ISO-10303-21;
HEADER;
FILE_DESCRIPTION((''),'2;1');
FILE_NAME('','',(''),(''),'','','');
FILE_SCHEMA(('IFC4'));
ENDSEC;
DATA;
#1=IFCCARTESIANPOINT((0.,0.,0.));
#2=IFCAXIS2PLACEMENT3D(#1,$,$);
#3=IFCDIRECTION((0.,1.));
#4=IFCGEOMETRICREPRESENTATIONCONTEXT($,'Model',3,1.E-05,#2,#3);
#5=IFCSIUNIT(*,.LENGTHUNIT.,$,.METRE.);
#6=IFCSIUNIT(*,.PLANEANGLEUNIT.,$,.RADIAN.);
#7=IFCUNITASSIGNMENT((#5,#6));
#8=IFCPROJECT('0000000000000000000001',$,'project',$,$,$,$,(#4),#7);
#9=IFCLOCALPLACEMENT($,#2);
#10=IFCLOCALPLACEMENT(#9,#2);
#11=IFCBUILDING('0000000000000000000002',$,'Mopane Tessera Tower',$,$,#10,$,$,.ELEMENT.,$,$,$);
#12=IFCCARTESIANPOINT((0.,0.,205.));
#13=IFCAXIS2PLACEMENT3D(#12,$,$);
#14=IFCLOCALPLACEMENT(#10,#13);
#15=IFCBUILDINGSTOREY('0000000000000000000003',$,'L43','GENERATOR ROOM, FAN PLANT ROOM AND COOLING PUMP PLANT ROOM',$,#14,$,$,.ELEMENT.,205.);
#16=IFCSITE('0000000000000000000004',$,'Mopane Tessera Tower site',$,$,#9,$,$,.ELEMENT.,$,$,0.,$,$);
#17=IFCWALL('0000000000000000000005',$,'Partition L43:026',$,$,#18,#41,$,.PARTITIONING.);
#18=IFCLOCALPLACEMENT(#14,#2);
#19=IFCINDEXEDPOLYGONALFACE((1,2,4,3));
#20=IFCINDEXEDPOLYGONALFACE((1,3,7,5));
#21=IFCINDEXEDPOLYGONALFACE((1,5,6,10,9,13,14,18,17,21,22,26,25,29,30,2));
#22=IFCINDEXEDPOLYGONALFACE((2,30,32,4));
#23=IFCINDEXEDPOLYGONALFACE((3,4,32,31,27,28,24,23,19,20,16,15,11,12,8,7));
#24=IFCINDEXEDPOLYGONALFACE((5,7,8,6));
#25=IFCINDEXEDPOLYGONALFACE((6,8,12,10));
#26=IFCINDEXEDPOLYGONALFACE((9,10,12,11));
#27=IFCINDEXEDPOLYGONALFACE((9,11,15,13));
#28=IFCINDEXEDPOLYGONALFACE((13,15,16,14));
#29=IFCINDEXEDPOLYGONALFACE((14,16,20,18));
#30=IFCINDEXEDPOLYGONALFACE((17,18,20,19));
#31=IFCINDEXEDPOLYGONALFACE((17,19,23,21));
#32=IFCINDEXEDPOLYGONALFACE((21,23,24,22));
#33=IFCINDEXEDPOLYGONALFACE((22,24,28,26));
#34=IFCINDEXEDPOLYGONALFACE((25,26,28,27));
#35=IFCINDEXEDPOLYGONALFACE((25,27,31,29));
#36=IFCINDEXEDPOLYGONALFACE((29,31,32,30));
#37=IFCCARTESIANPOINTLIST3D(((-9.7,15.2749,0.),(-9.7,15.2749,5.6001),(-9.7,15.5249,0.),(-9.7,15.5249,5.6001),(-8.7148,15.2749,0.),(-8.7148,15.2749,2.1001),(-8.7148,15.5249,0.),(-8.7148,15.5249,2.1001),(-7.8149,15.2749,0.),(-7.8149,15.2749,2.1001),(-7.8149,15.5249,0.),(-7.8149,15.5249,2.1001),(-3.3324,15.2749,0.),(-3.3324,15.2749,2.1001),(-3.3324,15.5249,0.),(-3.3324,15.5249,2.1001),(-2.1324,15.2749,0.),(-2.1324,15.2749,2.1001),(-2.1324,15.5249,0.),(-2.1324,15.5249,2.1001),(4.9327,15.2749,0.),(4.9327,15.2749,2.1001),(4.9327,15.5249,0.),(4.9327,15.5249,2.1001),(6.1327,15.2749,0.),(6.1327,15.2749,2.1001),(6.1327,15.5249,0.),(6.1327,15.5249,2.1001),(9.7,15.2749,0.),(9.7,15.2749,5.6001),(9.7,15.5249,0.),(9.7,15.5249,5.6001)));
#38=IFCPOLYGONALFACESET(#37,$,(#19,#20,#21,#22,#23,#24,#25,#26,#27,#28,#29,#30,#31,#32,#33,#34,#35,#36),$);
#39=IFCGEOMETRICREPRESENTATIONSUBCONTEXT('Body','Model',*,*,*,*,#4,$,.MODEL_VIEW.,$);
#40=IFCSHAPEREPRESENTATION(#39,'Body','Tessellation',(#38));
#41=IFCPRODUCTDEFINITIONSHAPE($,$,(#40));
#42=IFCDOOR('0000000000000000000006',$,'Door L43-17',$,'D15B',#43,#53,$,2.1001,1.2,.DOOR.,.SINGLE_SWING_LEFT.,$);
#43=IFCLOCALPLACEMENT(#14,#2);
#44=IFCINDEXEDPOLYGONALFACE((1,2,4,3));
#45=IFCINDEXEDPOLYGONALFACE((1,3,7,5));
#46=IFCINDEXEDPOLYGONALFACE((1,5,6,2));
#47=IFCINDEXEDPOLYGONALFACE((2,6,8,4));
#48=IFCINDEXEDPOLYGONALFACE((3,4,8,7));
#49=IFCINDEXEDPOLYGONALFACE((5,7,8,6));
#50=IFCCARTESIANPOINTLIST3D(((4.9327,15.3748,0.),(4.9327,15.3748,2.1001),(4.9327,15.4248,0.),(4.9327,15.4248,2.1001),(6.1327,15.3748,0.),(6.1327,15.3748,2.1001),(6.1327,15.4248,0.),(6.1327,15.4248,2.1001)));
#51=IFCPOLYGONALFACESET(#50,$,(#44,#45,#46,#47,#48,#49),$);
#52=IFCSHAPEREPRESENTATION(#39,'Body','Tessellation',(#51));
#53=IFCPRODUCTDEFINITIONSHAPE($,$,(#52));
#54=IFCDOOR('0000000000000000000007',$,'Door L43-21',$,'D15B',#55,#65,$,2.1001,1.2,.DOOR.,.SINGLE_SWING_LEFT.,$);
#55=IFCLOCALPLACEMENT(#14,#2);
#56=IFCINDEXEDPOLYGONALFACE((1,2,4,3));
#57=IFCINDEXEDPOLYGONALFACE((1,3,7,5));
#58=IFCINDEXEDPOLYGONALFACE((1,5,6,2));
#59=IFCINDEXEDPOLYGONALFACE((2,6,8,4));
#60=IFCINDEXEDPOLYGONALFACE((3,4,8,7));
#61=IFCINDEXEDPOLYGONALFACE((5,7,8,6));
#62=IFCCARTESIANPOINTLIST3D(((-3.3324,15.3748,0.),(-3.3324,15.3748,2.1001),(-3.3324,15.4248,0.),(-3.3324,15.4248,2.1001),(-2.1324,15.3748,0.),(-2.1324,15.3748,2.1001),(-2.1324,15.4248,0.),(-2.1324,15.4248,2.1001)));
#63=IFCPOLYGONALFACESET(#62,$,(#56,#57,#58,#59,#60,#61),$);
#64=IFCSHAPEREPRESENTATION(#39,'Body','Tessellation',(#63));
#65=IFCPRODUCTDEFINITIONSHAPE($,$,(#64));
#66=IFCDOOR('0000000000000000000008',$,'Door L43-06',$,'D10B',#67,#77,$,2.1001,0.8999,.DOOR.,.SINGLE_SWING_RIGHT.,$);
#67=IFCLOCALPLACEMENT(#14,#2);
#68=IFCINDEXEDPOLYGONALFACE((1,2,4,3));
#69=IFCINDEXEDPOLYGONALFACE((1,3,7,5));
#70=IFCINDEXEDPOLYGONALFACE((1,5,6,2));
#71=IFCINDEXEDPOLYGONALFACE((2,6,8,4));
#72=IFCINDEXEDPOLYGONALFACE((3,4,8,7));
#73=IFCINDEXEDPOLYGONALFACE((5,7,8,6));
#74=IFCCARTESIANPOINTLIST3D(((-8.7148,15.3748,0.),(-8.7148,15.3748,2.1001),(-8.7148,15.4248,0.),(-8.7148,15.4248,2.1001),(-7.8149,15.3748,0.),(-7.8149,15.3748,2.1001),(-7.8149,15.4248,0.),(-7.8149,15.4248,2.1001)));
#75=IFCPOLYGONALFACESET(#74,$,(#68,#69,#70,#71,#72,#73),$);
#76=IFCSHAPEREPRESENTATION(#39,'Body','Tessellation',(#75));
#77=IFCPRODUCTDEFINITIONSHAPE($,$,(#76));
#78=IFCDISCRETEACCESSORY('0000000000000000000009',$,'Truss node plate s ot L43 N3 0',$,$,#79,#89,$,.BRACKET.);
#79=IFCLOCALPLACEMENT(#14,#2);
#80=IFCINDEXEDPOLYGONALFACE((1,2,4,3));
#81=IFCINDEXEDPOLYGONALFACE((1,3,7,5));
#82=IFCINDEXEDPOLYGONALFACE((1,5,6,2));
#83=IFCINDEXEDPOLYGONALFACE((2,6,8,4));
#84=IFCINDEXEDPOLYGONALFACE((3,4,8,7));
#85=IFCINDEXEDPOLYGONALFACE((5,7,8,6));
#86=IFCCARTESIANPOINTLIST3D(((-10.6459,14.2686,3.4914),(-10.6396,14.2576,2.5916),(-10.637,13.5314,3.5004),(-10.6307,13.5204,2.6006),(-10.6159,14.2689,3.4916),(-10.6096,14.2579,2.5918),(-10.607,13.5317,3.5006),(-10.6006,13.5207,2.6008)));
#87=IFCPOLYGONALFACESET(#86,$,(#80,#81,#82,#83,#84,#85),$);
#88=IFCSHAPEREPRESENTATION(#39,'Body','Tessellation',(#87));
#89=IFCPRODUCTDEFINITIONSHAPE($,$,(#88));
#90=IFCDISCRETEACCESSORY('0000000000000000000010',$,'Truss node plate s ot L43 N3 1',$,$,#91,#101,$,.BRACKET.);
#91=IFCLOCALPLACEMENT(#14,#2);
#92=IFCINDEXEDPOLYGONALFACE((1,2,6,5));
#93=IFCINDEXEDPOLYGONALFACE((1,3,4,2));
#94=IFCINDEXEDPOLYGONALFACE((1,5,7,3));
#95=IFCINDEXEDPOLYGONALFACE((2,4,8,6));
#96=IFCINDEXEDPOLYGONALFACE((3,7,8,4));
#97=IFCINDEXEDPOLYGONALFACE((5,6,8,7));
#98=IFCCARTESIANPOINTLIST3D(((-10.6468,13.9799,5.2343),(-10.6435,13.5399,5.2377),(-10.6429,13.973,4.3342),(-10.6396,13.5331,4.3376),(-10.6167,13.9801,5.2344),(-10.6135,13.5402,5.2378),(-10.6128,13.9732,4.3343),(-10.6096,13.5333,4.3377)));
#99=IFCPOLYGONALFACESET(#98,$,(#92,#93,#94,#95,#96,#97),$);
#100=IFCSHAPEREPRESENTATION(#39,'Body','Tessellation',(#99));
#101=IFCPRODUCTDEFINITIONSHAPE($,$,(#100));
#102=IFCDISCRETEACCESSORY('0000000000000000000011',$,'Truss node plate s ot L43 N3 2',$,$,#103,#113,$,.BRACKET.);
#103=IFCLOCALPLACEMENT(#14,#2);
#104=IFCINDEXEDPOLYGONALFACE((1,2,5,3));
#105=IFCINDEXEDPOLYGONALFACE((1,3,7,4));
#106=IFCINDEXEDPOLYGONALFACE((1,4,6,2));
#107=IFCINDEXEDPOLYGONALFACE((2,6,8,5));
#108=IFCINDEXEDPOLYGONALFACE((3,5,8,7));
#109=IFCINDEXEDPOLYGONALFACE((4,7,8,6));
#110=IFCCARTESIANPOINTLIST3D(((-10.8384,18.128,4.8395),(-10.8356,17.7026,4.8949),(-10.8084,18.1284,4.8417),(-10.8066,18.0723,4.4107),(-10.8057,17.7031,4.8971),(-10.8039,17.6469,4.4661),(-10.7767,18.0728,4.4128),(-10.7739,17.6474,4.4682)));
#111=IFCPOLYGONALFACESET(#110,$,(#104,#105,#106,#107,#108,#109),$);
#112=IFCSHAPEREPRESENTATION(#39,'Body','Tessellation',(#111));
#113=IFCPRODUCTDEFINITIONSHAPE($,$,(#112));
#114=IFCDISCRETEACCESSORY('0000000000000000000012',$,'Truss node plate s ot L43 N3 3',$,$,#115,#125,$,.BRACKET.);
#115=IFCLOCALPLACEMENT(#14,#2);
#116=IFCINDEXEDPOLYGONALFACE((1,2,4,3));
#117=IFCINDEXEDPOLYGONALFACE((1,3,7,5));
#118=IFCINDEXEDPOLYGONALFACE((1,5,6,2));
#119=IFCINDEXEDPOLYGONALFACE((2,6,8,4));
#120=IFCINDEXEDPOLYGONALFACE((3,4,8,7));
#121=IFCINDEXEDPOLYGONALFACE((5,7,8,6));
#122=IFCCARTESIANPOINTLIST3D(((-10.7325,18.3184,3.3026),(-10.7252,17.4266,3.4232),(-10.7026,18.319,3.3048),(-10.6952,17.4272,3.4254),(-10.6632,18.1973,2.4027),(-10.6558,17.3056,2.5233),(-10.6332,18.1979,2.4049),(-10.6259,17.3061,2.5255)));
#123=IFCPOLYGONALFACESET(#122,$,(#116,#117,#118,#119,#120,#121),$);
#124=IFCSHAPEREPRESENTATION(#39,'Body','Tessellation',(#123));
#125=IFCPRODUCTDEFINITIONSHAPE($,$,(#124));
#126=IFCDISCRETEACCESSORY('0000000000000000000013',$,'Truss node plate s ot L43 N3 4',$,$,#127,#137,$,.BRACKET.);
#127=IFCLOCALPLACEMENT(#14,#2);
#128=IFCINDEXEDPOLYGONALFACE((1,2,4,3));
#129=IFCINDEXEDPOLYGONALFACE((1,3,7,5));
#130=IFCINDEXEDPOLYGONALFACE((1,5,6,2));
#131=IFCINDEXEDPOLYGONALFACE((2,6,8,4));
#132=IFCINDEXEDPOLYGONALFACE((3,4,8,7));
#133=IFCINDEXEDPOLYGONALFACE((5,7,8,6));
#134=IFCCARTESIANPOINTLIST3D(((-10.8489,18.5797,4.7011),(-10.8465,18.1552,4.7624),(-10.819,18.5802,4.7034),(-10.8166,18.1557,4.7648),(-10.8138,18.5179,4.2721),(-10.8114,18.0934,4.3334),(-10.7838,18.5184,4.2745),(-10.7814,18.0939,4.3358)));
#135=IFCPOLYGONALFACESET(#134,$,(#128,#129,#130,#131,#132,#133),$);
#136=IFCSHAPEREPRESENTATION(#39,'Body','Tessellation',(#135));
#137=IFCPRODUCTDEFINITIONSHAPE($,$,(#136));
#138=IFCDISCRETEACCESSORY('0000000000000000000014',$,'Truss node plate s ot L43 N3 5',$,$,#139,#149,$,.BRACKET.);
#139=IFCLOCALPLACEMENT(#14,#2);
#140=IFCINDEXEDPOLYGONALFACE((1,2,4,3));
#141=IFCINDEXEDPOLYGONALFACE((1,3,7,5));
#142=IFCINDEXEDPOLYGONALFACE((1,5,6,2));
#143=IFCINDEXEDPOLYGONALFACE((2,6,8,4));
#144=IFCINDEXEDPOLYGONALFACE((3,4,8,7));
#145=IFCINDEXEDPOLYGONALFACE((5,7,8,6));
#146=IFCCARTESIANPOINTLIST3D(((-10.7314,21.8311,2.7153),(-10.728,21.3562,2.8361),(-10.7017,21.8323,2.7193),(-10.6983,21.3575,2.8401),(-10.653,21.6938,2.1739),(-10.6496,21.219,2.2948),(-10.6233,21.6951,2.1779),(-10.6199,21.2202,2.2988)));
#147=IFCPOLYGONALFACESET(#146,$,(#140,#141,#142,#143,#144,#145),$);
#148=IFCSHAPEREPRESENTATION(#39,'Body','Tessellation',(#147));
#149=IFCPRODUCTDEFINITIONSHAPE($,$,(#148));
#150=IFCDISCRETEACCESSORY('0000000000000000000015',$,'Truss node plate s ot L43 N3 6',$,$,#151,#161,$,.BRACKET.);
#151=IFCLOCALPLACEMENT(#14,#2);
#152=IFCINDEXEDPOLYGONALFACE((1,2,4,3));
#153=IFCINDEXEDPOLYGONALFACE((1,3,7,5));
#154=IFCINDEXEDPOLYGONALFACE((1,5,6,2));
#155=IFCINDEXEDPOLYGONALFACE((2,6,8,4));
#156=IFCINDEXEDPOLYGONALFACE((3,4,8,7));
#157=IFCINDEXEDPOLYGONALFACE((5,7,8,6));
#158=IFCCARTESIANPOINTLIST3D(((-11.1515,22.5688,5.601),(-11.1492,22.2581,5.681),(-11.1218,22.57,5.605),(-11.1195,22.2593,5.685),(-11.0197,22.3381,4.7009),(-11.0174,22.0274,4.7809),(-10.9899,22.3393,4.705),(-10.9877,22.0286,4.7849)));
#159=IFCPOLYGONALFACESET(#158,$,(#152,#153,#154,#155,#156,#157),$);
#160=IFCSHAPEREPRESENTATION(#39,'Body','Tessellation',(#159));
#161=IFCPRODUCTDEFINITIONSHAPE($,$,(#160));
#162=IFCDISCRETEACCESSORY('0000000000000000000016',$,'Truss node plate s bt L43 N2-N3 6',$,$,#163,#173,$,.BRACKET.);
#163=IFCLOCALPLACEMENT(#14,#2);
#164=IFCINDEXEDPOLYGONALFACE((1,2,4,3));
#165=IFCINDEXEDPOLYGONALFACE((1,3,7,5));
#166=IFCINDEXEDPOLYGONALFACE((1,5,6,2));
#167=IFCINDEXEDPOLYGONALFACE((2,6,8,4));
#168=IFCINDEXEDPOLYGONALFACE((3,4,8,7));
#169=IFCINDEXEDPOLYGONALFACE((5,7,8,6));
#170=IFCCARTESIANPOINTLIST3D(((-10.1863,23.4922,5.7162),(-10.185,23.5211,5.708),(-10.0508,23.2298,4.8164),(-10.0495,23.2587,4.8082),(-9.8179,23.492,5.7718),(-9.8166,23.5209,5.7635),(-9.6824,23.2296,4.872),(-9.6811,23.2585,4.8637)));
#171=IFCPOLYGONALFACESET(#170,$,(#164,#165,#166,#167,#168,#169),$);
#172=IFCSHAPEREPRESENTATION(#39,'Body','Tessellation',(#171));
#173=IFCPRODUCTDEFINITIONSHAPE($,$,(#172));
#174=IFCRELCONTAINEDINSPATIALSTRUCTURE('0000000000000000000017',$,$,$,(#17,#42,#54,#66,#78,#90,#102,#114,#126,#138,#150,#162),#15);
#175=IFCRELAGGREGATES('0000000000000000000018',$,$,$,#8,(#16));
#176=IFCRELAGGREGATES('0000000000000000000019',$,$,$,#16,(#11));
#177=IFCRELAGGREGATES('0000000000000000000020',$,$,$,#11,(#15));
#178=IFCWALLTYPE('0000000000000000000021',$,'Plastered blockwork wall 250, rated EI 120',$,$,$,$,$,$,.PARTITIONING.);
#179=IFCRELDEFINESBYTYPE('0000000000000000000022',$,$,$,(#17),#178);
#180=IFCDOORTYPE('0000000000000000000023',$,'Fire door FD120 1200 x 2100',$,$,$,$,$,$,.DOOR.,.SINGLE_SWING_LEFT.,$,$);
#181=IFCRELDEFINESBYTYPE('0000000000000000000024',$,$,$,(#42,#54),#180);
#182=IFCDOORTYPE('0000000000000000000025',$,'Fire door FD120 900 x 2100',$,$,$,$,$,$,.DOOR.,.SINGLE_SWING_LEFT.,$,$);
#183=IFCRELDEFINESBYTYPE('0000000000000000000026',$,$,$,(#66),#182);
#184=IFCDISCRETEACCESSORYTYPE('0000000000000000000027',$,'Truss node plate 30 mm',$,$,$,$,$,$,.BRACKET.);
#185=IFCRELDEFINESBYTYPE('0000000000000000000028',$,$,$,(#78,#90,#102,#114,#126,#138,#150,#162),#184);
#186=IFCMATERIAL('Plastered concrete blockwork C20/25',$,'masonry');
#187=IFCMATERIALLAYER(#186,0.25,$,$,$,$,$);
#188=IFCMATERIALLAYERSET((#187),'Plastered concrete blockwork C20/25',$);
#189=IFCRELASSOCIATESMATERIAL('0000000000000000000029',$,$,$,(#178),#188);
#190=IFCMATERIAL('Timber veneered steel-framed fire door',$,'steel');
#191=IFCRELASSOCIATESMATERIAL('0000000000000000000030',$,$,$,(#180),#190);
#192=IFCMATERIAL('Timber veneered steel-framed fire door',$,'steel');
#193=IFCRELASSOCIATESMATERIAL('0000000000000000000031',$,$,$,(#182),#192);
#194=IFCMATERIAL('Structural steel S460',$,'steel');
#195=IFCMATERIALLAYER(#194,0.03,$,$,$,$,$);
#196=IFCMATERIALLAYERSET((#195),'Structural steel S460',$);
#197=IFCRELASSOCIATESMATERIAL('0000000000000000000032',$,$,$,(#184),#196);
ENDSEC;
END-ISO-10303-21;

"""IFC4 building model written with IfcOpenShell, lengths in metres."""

from ifc_helpers import new_model, si_unit, direction, frame, frame_2d, origin, origin_2d, place, context, subcontext, project, spatial, rectangle, extrude, material, layer, layer_set, type_object, element, fill, save


model = new_model("IFC4")

# Units and contexts
model_context = context("Model", 3, precision=1e-05, world=origin(), true_north=direction((0.0, 1.0)))
body_context = subcontext(model_context, "Body", "Model", "MODEL_VIEW")
ifc_project = project(units=[si_unit("LENGTHUNIT", "METRE"), si_unit("PLANEANGLEUNIT", "RADIAN")], contexts=[model_context])

# Site, building, storey
site_placement = place(None, origin())
site = spatial("IfcSite", under=ifc_project, at=site_placement, Name="Mopane Tessera Tower site", CompositionType="ELEMENT", RefElevation=0.0)
building_placement = place(site_placement, origin())
building = spatial("IfcBuilding", under=site, at=building_placement, Name="Mopane Tessera Tower", CompositionType="ELEMENT")
storey_placement = place(building_placement, frame((0.0, 0.0, 205.0)))
storey = spatial("IfcBuildingStorey", under=building, at=storey_placement, Name="L43", Description="GENERATOR ROOM, FAN PLANT ROOM AND COOLING PUMP PLANT ROOM", CompositionType="ELEMENT", Elevation=205.0)

# Wall, openings, doors
ifc_material_1 = material(Name="Plastered concrete blockwork C20/25", Category="masonry")
ifc_layer_1 = layer(ifc_material_1, 0.25)
ifc_layer_set_1 = layer_set([ifc_layer_1], Name="Plastered concrete blockwork C20/25")
wall_type = type_object("IfcWallType", Name="Plastered blockwork wall 250, rated EI 120", PredefinedType="PARTITIONING", material=ifc_layer_set_1)
wall_placement = place(storey_placement, frame((-9.7, 15.3999, 0.0), z_axis=(0.0, 0.0, 1.0), x_axis=(1.0, 0.0, 0.0)))
wall = element("IfcWall", 1, at=wall_placement, inside=storey, type_object=wall_type, Name="Partition L43:026", PredefinedType="PARTITIONING", context=body_context, shape_type="SweptSolid", body=[
    extrude(rectangle(XDim=19.3999, YDim=0.25, at=frame_2d((9.7, 0.0))), origin(), (0.0, 0.0, 1.0), 5.6001),
])
opening_1_placement = place(wall_placement, frame((0.9851, 0.0, 0.0)))
opening_1 = element("IfcOpeningElement", 2, at=opening_1_placement, cuts=wall, PredefinedType="OPENING", context=body_context, shape_type="SweptSolid", body=[
    extrude(rectangle(XDim=0.8999, YDim=2.1001, at=frame_2d((0.45, 1.05))), frame((0.0, 0.137, 0.0), z_axis=(0.0, -1.0, 0.0), x_axis=(1.0, 0.0, 0.0)), (0.0, 0.0, 1.0), 0.2739),
])
opening_2_placement = place(wall_placement, frame((14.6326, 0.0, 0.0)))
opening_2 = element("IfcOpeningElement", 3, at=opening_2_placement, cuts=wall, PredefinedType="OPENING", context=body_context, shape_type="SweptSolid", body=[
    extrude(rectangle(XDim=1.2, YDim=2.1001, at=frame_2d((0.6001, 1.05))), frame((0.0, 0.137, 0.0), z_axis=(0.0, -1.0, 0.0), x_axis=(1.0, 0.0, 0.0)), (0.0, 0.0, 1.0), 0.2739),
])
opening_3_placement = place(wall_placement, frame((6.3674, 0.0, 0.0)))
opening_3 = element("IfcOpeningElement", 4, at=opening_3_placement, cuts=wall, PredefinedType="OPENING", context=body_context, shape_type="SweptSolid", body=[
    extrude(rectangle(XDim=1.2, YDim=2.1001, at=frame_2d((0.6001, 1.05))), frame((0.0, 0.137, 0.0), z_axis=(0.0, -1.0, 0.0), x_axis=(1.0, 0.0, 0.0)), (0.0, 0.0, 1.0), 0.2739),
])
ifc_material_2 = material(Name="Timber veneered steel-framed fire door", Category="steel")
door_type_1 = type_object("IfcDoorType", Name="Fire door FD120 1200 x 2100", OperationType="SINGLE_SWING_LEFT", PredefinedType="DOOR", material=ifc_material_2)
door_1_placement = place(opening_2_placement, origin())
door_1 = element("IfcDoor", 5, at=door_1_placement, inside=storey, type_object=door_type_1, Name="Door L43-17", ObjectType="D15B", OperationType="SINGLE_SWING_LEFT", OverallHeight=2.1001, OverallWidth=1.2, PredefinedType="DOOR", context=body_context, shape_type="SweptSolid", body=[
    extrude(rectangle(XDim=1.2, YDim=2.1001, at=frame_2d((0.6001, 1.05))), frame((0.0, 0.0249, 0.0), z_axis=(0.0, -1.0, 0.0), x_axis=(1.0, 0.0, 0.0)), (0.0, 0.0, 1.0), 0.05),
])
fill(opening_2, door_1)
door_2_placement = place(opening_3_placement, origin())
door_2 = element("IfcDoor", 6, at=door_2_placement, inside=storey, type_object=door_type_1, Name="Door L43-21", ObjectType="D15B", OperationType="SINGLE_SWING_LEFT", OverallHeight=2.1001, OverallWidth=1.2, PredefinedType="DOOR", context=body_context, shape_type="SweptSolid", body=[
    extrude(rectangle(XDim=1.2, YDim=2.1001, at=frame_2d((0.6001, 1.05))), frame((0.0, 0.0249, 0.0), z_axis=(0.0, -1.0, 0.0), x_axis=(1.0, 0.0, 0.0)), (0.0, 0.0, 1.0), 0.05),
])
fill(opening_3, door_2)
ifc_material_3 = material(Name="Timber veneered steel-framed fire door", Category="steel")
door_type_2 = type_object("IfcDoorType", Name="Fire door FD120 900 x 2100", OperationType="SINGLE_SWING_LEFT", PredefinedType="DOOR", material=ifc_material_3)
door_3_placement = place(opening_1_placement, origin())
door_3 = element("IfcDoor", 7, at=door_3_placement, inside=storey, type_object=door_type_2, Name="Door L43-06", ObjectType="D10B", OperationType="SINGLE_SWING_RIGHT", OverallHeight=2.1001, OverallWidth=0.8999, PredefinedType="DOOR", context=body_context, shape_type="SweptSolid", body=[
    extrude(rectangle(XDim=0.8999, YDim=2.1001, at=frame_2d((0.45, 1.05))), frame((0.0, 0.0249, 0.0), z_axis=(0.0, -1.0, 0.0), x_axis=(1.0, 0.0, 0.0)), (0.0, 0.0, 1.0), 0.05),
])
fill(opening_1, door_3)

# Discrete accessories
ifc_material_4 = material(Name="Structural steel S460", Category="steel")
ifc_layer_2 = layer(ifc_material_4, 0.03)
ifc_layer_set_2 = layer_set([ifc_layer_2], Name="Structural steel S460")
discrete_accessory_type = type_object("IfcDiscreteAccessoryType", Name="Truss node plate 30 mm", PredefinedType="BRACKET", material=ifc_layer_set_2)
discrete_accessory_1_placement = place(storey_placement, frame((-10.6201, 13.8892, 2.5962), z_axis=(-0.007053, 0.012207, 0.999901), x_axis=(-0.999902, -0.012206, -0.006904)))
element("IfcDiscreteAccessory", 8, at=discrete_accessory_1_placement, inside=storey, type_object=discrete_accessory_type, Name="Truss node plate s ot L43 N3 0", PredefinedType="BRACKET", context=body_context, shape_type="SweptSolid", body=[
    extrude(rectangle(XDim=0.03, YDim=0.7373, at=origin_2d()), origin(), (0.0, 0.0, 1.0), 0.8999),
])
discrete_accessory_2_placement = place(storey_placement, frame((-10.6262, 13.7532, 4.3359), z_axis=(-0.004339, 0.007594, 0.999962), x_axis=(-0.999964, -0.007381, -0.004283)))
element("IfcDiscreteAccessory", 9, at=discrete_accessory_2_placement, inside=storey, type_object=discrete_accessory_type, Name="Truss node plate s ot L43 N3 1", PredefinedType="BRACKET", context=body_context, shape_type="SweptSolid", body=[
    extrude(rectangle(XDim=0.03, YDim=0.4399, at=origin_2d()), origin(), (0.0, 0.0, 1.0), 0.9001),
])
discrete_accessory_3_placement = place(storey_placement, frame((-10.7903, 17.8599, 4.4395), z_axis=(-0.073178, 0.128343, 0.989026), x_axis=(-0.997299, -0.015742, -0.071747)))
element("IfcDiscreteAccessory", 10, at=discrete_accessory_3_placement, inside=storey, type_object=discrete_accessory_type, Name="Truss node plate s ot L43 N3 2", PredefinedType="BRACKET", context=body_context, shape_type="SweptSolid", body=[
    extrude(rectangle(XDim=0.03, YDim=0.429, at=origin_2d()), origin(), (0.0, 0.0, 1.0), 0.4336),
])
discrete_accessory_4_placement = place(storey_placement, frame((-10.6445, 17.7517, 2.4641), z_axis=(-0.076138, 0.132974, 0.988191), x_axis=(-0.997064, -0.018241, -0.074368)))
element("IfcDiscreteAccessory", 11, at=discrete_accessory_4_placement, inside=storey, type_object=discrete_accessory_type, Name="Truss node plate s ot L43 N3 3", PredefinedType="BRACKET", context=body_context, shape_type="SweptSolid", body=[
    extrude(rectangle(XDim=0.03, YDim=0.8999, at=origin_2d()), origin(), (0.0, 0.0, 1.0), 0.9106),
])
discrete_accessory_5_placement = place(storey_placement, frame((-10.7976, 18.3059, 4.304), z_axis=(-0.080856, 0.142059, 0.98655), x_axis=(-0.99671, -0.017061, -0.079232)))
element("IfcDiscreteAccessory", 12, at=discrete_accessory_5_placement, inside=storey, type_object=discrete_accessory_type, Name="Truss node plate s ot L43 N3 4", PredefinedType="BRACKET", context=body_context, shape_type="SweptSolid", body=[
    extrude(rectangle(XDim=0.03, YDim=0.429, at=origin_2d()), origin(), (0.0, 0.0, 1.0), 0.4348),
])
discrete_accessory_6_placement = place(storey_placement, frame((-10.6365, 21.457, 2.2363), z_axis=(-0.138989, 0.243339, 0.959932), x_axis=(-0.99027, -0.040959, -0.132998)))
element("IfcDiscreteAccessory", 13, at=discrete_accessory_6_placement, inside=storey, type_object=discrete_accessory_type, Name="Truss node plate s ot L43 N3 5", PredefinedType="BRACKET", context=body_context, shape_type="SweptSolid", body=[
    extrude(rectangle(XDim=0.03, YDim=0.49, at=origin_2d()), origin(), (0.0, 0.0, 1.0), 0.564),
])
discrete_accessory_7_placement = place(storey_placement, frame((-11.0037, 22.1833, 4.7429), z_axis=(-0.140468, 0.245819, 0.959084), x_axis=(-0.99006, -0.041835, -0.134282)))
element("IfcDiscreteAccessory", 14, at=discrete_accessory_7_placement, inside=storey, type_object=discrete_accessory_type, Name="Truss node plate s ot L43 N3 6", PredefinedType="BRACKET", context=body_context, shape_type="SweptSolid", body=[
    extrude(rectangle(XDim=0.03, YDim=0.3208, at=origin_2d()), origin(), (0.0, 0.0, 1.0), 0.9385),
])
discrete_accessory_8_placement = place(storey_placement, frame((-9.866, 23.2441, 4.8401), z_axis=(-0.143061, 0.2771, 0.950131), x_axis=(-0.041765, -0.960841, 0.273935)))
element("IfcDiscreteAccessory", 15, at=discrete_accessory_8_placement, inside=storey, type_object=discrete_accessory_type, Name="Truss node plate s bt L43 N2-N3 6", PredefinedType="BRACKET", context=body_context, shape_type="SweptSolid", body=[
    extrude(rectangle(XDim=0.03, YDim=0.3726, at=origin_2d()), origin(), (0.0, 0.0, 1.0), 0.947),
])

save(model, "model.ifc")
